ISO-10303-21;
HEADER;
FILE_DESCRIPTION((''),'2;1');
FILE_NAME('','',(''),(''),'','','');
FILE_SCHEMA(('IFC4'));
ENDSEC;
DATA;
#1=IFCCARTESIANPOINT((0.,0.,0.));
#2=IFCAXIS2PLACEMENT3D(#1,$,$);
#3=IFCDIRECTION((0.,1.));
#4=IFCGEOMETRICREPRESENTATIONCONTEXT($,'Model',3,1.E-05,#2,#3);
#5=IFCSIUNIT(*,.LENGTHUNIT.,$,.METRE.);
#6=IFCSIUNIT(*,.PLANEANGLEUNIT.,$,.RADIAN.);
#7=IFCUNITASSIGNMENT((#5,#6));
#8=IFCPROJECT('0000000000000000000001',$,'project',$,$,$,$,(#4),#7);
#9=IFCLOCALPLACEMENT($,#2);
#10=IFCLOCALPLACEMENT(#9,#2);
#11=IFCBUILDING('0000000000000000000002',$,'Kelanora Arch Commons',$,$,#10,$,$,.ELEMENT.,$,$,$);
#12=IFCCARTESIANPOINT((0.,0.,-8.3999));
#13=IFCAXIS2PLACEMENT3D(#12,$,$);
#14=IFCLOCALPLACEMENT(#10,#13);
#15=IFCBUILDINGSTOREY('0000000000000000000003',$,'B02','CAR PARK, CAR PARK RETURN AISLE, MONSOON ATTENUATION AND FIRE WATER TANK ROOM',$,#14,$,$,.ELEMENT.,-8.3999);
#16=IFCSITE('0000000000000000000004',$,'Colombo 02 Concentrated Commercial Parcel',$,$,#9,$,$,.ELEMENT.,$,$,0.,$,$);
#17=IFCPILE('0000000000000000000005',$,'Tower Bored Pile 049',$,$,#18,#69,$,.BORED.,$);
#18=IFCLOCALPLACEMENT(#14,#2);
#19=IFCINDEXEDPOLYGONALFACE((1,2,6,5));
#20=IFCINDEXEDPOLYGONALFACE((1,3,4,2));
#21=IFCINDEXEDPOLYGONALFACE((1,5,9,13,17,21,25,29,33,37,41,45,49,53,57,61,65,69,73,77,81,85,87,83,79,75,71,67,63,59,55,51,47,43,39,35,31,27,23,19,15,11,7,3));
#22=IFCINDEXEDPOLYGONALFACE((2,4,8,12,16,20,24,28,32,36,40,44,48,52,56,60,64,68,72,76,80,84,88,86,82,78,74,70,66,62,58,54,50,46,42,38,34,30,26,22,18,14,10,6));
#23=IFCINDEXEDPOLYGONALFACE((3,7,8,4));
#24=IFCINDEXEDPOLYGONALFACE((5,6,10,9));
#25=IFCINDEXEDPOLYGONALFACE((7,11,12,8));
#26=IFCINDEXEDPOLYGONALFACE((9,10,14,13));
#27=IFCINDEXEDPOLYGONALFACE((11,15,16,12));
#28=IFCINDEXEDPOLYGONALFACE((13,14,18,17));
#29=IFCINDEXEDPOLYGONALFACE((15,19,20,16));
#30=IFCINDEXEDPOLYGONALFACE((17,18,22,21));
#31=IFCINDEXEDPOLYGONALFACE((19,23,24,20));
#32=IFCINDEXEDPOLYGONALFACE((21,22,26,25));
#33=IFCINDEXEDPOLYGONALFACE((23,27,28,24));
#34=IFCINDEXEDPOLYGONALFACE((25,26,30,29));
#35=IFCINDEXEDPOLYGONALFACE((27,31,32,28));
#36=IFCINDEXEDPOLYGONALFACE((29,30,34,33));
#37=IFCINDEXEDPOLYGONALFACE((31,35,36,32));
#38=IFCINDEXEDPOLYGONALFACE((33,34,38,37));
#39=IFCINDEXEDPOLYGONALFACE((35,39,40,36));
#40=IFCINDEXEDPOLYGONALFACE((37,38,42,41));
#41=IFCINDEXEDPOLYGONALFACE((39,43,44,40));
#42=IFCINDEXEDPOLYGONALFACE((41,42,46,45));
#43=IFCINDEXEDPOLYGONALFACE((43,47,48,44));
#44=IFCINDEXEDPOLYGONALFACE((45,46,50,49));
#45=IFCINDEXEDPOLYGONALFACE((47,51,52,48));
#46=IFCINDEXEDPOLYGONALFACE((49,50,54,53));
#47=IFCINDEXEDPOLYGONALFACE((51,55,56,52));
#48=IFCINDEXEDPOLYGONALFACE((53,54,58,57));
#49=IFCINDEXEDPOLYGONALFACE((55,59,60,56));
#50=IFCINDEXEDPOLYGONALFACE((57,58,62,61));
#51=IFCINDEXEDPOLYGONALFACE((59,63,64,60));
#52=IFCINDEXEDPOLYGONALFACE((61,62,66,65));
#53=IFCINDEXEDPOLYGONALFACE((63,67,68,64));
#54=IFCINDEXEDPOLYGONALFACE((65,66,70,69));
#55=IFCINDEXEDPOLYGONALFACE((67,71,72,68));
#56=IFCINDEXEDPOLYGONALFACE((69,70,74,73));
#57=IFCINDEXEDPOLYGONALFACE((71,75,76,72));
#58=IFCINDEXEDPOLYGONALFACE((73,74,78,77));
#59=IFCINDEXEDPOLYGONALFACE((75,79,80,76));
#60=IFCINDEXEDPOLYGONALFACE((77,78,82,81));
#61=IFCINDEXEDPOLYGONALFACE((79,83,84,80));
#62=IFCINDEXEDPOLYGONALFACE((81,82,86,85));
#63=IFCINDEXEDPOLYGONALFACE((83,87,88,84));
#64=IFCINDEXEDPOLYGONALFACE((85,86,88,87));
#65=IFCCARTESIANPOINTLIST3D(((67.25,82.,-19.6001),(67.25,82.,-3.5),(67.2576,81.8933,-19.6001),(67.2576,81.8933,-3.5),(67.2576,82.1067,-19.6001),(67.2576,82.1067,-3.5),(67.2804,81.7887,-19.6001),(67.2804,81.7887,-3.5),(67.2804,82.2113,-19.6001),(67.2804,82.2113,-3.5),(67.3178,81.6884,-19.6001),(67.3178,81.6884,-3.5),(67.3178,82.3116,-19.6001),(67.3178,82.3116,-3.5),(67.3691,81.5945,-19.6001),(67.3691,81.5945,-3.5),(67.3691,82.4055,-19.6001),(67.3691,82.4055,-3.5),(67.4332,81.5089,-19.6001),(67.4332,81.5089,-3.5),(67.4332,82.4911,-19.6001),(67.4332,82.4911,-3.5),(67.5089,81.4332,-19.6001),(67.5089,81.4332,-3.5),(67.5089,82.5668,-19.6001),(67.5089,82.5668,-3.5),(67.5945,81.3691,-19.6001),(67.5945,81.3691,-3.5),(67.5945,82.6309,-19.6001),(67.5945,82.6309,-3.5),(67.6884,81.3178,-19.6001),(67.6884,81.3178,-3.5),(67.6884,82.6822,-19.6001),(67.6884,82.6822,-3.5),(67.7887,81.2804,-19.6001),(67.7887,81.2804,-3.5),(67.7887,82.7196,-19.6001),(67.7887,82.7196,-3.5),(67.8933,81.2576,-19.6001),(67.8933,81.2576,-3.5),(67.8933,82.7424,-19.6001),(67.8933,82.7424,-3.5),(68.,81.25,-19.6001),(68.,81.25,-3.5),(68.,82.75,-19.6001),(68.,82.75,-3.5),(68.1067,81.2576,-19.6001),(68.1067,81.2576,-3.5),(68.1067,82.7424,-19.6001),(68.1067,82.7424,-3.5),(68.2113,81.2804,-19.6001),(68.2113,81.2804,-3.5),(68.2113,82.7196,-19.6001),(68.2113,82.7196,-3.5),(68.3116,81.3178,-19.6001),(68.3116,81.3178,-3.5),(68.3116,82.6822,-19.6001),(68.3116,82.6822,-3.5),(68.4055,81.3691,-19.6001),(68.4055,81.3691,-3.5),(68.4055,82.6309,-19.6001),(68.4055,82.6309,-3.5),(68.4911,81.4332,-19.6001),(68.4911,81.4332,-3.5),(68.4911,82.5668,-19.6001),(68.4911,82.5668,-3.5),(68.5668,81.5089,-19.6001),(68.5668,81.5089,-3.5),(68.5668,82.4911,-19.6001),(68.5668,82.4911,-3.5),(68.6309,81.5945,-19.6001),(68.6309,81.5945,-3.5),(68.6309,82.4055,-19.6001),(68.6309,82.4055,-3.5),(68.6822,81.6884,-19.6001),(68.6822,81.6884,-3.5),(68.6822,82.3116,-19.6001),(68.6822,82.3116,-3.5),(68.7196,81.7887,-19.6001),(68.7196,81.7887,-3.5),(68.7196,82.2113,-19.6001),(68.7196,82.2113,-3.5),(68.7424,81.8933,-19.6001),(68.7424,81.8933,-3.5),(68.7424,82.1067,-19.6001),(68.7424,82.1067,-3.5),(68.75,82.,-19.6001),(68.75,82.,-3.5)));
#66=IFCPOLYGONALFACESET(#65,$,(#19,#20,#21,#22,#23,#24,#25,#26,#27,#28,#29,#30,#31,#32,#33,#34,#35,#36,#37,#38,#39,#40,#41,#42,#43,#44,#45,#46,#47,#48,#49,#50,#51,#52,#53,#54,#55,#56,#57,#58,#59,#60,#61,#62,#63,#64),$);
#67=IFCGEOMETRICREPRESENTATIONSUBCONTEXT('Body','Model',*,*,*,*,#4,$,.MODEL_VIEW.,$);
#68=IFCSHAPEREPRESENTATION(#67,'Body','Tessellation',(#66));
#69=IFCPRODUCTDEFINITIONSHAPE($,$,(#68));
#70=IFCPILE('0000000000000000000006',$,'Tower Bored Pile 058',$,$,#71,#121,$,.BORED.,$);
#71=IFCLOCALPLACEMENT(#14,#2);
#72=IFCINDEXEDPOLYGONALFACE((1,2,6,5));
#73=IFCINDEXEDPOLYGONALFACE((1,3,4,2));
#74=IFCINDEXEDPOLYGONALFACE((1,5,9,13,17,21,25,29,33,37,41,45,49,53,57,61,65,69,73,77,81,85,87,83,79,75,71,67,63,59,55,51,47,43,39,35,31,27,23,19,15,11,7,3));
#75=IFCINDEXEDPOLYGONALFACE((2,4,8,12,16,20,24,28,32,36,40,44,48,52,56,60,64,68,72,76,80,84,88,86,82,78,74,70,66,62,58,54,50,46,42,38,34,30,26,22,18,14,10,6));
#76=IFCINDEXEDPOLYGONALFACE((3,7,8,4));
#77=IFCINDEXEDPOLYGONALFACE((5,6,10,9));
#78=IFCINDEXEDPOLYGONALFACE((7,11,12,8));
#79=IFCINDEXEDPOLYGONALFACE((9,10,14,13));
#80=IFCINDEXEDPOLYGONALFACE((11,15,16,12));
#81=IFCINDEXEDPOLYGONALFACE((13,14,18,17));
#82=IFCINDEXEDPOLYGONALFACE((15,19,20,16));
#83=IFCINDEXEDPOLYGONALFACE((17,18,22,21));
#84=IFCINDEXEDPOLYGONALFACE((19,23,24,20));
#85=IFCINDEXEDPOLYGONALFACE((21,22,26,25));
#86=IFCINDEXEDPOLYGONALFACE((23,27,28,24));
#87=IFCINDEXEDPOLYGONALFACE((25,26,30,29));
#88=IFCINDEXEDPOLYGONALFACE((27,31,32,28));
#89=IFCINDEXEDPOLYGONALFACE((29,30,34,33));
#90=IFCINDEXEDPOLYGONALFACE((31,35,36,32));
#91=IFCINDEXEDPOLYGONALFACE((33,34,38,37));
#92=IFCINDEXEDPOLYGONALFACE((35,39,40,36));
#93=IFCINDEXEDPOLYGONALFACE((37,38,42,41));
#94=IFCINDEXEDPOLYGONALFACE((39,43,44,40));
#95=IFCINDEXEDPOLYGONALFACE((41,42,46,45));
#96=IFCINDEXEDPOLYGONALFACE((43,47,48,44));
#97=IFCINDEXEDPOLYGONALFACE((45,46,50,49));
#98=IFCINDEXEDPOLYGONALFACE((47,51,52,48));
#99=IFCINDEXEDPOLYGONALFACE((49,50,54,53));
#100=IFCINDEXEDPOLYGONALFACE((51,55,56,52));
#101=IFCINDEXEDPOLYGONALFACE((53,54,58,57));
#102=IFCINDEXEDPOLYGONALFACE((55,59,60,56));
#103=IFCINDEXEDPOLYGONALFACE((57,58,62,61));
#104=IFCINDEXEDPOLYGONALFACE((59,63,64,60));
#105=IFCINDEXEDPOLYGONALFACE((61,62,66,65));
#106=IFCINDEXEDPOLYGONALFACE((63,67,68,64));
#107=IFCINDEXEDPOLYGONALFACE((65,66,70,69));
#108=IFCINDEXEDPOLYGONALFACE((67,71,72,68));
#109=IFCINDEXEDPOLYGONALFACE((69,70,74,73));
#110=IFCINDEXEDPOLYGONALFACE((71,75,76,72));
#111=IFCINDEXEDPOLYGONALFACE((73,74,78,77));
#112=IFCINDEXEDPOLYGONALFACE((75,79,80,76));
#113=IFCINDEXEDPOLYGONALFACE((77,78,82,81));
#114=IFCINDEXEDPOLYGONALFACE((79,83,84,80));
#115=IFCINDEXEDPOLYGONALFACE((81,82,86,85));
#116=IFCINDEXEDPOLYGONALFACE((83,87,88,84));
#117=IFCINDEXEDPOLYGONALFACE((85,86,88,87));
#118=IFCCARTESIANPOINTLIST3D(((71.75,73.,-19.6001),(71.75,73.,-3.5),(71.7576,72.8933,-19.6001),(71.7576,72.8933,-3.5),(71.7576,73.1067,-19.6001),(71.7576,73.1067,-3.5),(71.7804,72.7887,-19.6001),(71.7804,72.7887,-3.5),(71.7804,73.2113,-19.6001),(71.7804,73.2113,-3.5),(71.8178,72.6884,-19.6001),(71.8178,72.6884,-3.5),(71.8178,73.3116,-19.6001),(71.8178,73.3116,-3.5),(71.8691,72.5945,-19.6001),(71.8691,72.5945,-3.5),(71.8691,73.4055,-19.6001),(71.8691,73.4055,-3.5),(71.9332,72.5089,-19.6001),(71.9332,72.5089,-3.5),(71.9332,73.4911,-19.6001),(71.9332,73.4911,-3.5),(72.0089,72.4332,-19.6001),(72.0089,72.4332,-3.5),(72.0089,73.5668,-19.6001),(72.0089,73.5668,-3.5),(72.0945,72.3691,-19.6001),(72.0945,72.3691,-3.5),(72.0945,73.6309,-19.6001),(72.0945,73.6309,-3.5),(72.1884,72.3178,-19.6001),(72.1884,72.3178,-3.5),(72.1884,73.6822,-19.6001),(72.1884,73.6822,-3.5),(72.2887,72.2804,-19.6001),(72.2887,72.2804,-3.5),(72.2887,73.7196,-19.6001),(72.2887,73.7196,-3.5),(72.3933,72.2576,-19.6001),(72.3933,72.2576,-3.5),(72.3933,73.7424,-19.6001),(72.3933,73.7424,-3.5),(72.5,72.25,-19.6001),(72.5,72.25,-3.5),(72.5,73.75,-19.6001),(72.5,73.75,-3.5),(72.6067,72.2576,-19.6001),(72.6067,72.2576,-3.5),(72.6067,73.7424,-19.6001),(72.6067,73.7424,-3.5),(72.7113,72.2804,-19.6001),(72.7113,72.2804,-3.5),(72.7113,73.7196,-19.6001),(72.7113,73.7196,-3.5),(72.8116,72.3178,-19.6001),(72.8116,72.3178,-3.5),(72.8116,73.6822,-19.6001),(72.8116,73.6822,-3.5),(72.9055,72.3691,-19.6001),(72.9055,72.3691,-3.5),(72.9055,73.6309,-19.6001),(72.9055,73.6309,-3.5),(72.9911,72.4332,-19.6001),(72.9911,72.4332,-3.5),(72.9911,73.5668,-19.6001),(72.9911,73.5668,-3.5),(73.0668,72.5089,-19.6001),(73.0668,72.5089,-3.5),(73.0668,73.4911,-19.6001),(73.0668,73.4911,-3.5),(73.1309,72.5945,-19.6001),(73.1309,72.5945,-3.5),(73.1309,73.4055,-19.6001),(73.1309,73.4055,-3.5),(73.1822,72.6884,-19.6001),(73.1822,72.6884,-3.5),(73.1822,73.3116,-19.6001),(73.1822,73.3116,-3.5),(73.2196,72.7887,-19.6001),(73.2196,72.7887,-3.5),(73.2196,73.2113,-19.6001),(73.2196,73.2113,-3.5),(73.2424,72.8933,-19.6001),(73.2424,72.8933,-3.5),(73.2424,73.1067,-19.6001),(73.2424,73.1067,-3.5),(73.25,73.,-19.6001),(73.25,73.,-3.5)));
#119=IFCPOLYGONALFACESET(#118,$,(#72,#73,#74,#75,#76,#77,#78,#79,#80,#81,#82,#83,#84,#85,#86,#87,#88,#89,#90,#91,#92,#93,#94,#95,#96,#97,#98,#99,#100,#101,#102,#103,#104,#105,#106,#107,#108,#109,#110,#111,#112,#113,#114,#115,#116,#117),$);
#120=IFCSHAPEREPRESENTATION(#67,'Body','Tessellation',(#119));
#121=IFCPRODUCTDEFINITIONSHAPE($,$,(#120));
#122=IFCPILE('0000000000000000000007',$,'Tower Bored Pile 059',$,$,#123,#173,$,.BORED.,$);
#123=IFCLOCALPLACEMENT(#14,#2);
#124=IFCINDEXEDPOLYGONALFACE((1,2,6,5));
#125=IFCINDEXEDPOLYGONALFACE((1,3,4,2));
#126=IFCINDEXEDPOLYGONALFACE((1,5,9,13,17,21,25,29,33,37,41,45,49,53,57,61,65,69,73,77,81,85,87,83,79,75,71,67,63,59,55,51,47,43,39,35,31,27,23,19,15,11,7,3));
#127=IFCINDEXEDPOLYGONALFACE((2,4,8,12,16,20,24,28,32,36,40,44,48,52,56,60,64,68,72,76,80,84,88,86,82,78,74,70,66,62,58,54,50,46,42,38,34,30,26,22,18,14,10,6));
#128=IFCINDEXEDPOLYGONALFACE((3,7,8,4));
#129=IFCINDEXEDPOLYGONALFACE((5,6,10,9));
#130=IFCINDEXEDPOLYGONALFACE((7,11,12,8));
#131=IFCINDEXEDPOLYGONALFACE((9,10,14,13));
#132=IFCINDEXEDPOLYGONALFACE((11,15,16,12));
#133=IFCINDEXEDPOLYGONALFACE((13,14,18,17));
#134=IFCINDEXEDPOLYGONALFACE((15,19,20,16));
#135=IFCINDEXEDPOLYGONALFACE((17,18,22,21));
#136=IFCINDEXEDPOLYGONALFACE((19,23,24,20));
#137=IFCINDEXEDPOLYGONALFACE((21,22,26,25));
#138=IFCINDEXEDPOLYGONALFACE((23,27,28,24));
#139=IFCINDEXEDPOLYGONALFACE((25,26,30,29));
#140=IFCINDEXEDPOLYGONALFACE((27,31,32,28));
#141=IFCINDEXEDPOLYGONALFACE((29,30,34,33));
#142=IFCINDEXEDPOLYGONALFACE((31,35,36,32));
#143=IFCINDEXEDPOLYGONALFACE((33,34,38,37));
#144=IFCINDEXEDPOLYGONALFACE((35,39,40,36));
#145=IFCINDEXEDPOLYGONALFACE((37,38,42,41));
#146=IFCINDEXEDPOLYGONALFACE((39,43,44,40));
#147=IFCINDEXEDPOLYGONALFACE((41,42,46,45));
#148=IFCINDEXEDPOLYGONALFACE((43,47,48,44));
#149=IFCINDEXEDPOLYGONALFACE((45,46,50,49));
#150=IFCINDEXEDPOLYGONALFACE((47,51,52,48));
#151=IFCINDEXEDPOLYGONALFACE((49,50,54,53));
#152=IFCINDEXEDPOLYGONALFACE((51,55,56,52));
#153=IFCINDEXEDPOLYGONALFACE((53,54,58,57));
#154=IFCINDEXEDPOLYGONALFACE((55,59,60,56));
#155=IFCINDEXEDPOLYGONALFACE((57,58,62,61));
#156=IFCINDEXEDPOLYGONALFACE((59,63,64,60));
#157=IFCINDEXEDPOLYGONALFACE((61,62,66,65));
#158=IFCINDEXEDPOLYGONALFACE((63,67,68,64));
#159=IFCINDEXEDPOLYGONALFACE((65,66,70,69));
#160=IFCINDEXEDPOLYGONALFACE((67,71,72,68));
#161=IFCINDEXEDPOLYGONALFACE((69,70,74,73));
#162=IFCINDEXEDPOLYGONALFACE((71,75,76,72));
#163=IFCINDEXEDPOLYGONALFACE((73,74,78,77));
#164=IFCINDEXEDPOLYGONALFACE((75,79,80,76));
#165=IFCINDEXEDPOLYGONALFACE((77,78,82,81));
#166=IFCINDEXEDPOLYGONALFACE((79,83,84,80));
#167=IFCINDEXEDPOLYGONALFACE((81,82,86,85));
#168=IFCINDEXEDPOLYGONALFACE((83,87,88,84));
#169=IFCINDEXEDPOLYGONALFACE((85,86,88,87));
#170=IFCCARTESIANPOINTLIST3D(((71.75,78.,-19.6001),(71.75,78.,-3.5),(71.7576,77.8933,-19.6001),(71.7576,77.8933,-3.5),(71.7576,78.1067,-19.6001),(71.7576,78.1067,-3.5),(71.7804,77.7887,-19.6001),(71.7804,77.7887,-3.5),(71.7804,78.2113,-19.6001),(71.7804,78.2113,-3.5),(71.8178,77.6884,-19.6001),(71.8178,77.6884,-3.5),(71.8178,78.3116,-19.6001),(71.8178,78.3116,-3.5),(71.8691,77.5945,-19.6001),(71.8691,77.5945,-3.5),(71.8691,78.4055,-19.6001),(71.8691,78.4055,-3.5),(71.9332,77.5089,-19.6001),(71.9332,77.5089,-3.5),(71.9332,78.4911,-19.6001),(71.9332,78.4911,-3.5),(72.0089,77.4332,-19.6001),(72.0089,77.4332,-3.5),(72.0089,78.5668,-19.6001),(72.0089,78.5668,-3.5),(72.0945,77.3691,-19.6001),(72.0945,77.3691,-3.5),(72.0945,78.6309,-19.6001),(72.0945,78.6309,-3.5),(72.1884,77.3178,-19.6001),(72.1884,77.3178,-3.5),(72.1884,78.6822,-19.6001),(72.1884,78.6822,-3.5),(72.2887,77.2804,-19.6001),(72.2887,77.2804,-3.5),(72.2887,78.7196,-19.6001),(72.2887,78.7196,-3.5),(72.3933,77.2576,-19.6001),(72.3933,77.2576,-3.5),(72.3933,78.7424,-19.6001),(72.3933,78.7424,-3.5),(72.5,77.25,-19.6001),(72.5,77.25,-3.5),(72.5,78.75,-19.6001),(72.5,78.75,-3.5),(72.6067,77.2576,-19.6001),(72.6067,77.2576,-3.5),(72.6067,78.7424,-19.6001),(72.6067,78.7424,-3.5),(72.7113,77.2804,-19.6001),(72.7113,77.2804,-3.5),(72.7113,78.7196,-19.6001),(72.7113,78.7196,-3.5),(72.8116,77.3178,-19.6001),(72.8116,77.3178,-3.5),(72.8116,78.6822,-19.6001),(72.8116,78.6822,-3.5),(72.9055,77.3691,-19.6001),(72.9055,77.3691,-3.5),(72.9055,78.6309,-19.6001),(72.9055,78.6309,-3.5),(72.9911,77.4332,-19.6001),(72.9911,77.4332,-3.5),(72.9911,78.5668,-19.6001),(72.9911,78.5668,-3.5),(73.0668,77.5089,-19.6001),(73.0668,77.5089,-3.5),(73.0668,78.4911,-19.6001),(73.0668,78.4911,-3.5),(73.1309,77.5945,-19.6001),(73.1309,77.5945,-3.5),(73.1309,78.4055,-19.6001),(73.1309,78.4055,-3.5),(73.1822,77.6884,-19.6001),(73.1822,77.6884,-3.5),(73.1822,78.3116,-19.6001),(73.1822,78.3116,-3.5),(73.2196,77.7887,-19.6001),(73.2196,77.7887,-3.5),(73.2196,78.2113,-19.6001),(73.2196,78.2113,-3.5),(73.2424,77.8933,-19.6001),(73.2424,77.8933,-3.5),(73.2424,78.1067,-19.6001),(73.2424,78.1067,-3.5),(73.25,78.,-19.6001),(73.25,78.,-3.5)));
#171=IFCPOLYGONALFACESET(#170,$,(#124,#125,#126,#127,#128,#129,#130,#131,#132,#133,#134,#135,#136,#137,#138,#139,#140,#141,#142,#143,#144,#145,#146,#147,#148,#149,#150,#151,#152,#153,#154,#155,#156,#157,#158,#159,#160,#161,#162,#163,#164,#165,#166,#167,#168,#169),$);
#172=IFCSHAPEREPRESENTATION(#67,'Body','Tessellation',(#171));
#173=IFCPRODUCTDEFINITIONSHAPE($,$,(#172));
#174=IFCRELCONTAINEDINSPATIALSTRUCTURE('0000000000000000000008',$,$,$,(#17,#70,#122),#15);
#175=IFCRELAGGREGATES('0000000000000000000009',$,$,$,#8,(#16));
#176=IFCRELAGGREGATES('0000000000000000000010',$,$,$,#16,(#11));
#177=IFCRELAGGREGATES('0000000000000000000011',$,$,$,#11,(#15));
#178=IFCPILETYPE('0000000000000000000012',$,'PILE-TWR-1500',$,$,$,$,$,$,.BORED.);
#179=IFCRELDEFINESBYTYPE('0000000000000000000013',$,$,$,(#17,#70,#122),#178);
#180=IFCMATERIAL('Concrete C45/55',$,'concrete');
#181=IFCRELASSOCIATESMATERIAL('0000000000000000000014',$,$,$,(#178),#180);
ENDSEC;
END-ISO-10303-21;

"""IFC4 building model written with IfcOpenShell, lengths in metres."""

from ifc_helpers import new_model, si_unit, direction, frame, origin, origin_2d, place, context, subcontext, project, spatial, circle, extrude, source, transform, mapped, material, material_profile, profile_set, type_object, element, save


model = new_model("IFC4")

# Units and contexts
model_context = context("Model", 3, precision=1e-05, world=origin(), true_north=direction((0.0, 1.0)))
body_context = subcontext(model_context, "Body", "Model", "MODEL_VIEW")
ifc_project = project(units=[si_unit("LENGTHUNIT", "METRE"), si_unit("PLANEANGLEUNIT", "RADIAN")], contexts=[model_context])

# Site, building, storey
site_placement = place(None, origin())
site = spatial("IfcSite", under=ifc_project, at=site_placement, Name="Colombo 02 Concentrated Commercial Parcel", CompositionType="ELEMENT", RefElevation=0.0)
building_placement = place(site_placement, origin())
building = spatial("IfcBuilding", under=site, at=building_placement, Name="Kelanora Arch Commons", CompositionType="ELEMENT")
storey_placement = place(building_placement, frame((0.0, 0.0, -8.3999)))
storey = spatial("IfcBuildingStorey", under=building, at=storey_placement, Name="B02", Description="CAR PARK, CAR PARK RETURN AISLE, MONSOON ATTENUATION AND FIRE WATER TANK ROOM", CompositionType="ELEMENT", Elevation=-8.3999)

# Piles
ifc_material_1 = material(Name="Concrete C45/55", Category="concrete")
ifc_material_profile_1 = material_profile(ifc_material_1, circle(Radius=0.75, at=origin_2d()), Name="PILE1500")
ifc_profile_set_1 = profile_set([ifc_material_profile_1], Name="Concrete C45/55")
pile_type_1 = type_object("IfcPileType", Name="PILE-TWR-1500", PredefinedType="BORED", material=ifc_profile_set_1)
shared_shape_1 = source(origin(), body_context, "Body", "SweptSolid", [
    extrude(circle(Radius=0.75, at=origin_2d()), origin(), (0.0, 0.0, 1.0), 16.1001),
])
for number, where, z_axis, x_axis, name in (
    (1, (68.0, 82.0, -3.5), (0.0, 0.0, -1.0), (1.0, 0.0, 0.0), "Tower Bored Pile 049"),
    (2, (72.5, 73.0, -3.5), (0.0, 0.0, -1.0), (1.0, 0.0, 0.0), "Tower Bored Pile 058"),
    (3, (72.5, 78.0, -3.5), (0.0, 0.0, -1.0), (1.0, 0.0, 0.0), "Tower Bored Pile 059"),
):
    element("IfcPile", number, at=place(storey_placement, frame(where, z_axis=z_axis, x_axis=x_axis)), inside=storey, type_object=pile_type_1, Name=name, PredefinedType="BORED", context=body_context, shape_type="MappedRepresentation", body=[
        mapped(shared_shape_1, transform((0.0, 0.0, 0.0), scale=1.0)),
    ])

save(model, "model.ifc")
